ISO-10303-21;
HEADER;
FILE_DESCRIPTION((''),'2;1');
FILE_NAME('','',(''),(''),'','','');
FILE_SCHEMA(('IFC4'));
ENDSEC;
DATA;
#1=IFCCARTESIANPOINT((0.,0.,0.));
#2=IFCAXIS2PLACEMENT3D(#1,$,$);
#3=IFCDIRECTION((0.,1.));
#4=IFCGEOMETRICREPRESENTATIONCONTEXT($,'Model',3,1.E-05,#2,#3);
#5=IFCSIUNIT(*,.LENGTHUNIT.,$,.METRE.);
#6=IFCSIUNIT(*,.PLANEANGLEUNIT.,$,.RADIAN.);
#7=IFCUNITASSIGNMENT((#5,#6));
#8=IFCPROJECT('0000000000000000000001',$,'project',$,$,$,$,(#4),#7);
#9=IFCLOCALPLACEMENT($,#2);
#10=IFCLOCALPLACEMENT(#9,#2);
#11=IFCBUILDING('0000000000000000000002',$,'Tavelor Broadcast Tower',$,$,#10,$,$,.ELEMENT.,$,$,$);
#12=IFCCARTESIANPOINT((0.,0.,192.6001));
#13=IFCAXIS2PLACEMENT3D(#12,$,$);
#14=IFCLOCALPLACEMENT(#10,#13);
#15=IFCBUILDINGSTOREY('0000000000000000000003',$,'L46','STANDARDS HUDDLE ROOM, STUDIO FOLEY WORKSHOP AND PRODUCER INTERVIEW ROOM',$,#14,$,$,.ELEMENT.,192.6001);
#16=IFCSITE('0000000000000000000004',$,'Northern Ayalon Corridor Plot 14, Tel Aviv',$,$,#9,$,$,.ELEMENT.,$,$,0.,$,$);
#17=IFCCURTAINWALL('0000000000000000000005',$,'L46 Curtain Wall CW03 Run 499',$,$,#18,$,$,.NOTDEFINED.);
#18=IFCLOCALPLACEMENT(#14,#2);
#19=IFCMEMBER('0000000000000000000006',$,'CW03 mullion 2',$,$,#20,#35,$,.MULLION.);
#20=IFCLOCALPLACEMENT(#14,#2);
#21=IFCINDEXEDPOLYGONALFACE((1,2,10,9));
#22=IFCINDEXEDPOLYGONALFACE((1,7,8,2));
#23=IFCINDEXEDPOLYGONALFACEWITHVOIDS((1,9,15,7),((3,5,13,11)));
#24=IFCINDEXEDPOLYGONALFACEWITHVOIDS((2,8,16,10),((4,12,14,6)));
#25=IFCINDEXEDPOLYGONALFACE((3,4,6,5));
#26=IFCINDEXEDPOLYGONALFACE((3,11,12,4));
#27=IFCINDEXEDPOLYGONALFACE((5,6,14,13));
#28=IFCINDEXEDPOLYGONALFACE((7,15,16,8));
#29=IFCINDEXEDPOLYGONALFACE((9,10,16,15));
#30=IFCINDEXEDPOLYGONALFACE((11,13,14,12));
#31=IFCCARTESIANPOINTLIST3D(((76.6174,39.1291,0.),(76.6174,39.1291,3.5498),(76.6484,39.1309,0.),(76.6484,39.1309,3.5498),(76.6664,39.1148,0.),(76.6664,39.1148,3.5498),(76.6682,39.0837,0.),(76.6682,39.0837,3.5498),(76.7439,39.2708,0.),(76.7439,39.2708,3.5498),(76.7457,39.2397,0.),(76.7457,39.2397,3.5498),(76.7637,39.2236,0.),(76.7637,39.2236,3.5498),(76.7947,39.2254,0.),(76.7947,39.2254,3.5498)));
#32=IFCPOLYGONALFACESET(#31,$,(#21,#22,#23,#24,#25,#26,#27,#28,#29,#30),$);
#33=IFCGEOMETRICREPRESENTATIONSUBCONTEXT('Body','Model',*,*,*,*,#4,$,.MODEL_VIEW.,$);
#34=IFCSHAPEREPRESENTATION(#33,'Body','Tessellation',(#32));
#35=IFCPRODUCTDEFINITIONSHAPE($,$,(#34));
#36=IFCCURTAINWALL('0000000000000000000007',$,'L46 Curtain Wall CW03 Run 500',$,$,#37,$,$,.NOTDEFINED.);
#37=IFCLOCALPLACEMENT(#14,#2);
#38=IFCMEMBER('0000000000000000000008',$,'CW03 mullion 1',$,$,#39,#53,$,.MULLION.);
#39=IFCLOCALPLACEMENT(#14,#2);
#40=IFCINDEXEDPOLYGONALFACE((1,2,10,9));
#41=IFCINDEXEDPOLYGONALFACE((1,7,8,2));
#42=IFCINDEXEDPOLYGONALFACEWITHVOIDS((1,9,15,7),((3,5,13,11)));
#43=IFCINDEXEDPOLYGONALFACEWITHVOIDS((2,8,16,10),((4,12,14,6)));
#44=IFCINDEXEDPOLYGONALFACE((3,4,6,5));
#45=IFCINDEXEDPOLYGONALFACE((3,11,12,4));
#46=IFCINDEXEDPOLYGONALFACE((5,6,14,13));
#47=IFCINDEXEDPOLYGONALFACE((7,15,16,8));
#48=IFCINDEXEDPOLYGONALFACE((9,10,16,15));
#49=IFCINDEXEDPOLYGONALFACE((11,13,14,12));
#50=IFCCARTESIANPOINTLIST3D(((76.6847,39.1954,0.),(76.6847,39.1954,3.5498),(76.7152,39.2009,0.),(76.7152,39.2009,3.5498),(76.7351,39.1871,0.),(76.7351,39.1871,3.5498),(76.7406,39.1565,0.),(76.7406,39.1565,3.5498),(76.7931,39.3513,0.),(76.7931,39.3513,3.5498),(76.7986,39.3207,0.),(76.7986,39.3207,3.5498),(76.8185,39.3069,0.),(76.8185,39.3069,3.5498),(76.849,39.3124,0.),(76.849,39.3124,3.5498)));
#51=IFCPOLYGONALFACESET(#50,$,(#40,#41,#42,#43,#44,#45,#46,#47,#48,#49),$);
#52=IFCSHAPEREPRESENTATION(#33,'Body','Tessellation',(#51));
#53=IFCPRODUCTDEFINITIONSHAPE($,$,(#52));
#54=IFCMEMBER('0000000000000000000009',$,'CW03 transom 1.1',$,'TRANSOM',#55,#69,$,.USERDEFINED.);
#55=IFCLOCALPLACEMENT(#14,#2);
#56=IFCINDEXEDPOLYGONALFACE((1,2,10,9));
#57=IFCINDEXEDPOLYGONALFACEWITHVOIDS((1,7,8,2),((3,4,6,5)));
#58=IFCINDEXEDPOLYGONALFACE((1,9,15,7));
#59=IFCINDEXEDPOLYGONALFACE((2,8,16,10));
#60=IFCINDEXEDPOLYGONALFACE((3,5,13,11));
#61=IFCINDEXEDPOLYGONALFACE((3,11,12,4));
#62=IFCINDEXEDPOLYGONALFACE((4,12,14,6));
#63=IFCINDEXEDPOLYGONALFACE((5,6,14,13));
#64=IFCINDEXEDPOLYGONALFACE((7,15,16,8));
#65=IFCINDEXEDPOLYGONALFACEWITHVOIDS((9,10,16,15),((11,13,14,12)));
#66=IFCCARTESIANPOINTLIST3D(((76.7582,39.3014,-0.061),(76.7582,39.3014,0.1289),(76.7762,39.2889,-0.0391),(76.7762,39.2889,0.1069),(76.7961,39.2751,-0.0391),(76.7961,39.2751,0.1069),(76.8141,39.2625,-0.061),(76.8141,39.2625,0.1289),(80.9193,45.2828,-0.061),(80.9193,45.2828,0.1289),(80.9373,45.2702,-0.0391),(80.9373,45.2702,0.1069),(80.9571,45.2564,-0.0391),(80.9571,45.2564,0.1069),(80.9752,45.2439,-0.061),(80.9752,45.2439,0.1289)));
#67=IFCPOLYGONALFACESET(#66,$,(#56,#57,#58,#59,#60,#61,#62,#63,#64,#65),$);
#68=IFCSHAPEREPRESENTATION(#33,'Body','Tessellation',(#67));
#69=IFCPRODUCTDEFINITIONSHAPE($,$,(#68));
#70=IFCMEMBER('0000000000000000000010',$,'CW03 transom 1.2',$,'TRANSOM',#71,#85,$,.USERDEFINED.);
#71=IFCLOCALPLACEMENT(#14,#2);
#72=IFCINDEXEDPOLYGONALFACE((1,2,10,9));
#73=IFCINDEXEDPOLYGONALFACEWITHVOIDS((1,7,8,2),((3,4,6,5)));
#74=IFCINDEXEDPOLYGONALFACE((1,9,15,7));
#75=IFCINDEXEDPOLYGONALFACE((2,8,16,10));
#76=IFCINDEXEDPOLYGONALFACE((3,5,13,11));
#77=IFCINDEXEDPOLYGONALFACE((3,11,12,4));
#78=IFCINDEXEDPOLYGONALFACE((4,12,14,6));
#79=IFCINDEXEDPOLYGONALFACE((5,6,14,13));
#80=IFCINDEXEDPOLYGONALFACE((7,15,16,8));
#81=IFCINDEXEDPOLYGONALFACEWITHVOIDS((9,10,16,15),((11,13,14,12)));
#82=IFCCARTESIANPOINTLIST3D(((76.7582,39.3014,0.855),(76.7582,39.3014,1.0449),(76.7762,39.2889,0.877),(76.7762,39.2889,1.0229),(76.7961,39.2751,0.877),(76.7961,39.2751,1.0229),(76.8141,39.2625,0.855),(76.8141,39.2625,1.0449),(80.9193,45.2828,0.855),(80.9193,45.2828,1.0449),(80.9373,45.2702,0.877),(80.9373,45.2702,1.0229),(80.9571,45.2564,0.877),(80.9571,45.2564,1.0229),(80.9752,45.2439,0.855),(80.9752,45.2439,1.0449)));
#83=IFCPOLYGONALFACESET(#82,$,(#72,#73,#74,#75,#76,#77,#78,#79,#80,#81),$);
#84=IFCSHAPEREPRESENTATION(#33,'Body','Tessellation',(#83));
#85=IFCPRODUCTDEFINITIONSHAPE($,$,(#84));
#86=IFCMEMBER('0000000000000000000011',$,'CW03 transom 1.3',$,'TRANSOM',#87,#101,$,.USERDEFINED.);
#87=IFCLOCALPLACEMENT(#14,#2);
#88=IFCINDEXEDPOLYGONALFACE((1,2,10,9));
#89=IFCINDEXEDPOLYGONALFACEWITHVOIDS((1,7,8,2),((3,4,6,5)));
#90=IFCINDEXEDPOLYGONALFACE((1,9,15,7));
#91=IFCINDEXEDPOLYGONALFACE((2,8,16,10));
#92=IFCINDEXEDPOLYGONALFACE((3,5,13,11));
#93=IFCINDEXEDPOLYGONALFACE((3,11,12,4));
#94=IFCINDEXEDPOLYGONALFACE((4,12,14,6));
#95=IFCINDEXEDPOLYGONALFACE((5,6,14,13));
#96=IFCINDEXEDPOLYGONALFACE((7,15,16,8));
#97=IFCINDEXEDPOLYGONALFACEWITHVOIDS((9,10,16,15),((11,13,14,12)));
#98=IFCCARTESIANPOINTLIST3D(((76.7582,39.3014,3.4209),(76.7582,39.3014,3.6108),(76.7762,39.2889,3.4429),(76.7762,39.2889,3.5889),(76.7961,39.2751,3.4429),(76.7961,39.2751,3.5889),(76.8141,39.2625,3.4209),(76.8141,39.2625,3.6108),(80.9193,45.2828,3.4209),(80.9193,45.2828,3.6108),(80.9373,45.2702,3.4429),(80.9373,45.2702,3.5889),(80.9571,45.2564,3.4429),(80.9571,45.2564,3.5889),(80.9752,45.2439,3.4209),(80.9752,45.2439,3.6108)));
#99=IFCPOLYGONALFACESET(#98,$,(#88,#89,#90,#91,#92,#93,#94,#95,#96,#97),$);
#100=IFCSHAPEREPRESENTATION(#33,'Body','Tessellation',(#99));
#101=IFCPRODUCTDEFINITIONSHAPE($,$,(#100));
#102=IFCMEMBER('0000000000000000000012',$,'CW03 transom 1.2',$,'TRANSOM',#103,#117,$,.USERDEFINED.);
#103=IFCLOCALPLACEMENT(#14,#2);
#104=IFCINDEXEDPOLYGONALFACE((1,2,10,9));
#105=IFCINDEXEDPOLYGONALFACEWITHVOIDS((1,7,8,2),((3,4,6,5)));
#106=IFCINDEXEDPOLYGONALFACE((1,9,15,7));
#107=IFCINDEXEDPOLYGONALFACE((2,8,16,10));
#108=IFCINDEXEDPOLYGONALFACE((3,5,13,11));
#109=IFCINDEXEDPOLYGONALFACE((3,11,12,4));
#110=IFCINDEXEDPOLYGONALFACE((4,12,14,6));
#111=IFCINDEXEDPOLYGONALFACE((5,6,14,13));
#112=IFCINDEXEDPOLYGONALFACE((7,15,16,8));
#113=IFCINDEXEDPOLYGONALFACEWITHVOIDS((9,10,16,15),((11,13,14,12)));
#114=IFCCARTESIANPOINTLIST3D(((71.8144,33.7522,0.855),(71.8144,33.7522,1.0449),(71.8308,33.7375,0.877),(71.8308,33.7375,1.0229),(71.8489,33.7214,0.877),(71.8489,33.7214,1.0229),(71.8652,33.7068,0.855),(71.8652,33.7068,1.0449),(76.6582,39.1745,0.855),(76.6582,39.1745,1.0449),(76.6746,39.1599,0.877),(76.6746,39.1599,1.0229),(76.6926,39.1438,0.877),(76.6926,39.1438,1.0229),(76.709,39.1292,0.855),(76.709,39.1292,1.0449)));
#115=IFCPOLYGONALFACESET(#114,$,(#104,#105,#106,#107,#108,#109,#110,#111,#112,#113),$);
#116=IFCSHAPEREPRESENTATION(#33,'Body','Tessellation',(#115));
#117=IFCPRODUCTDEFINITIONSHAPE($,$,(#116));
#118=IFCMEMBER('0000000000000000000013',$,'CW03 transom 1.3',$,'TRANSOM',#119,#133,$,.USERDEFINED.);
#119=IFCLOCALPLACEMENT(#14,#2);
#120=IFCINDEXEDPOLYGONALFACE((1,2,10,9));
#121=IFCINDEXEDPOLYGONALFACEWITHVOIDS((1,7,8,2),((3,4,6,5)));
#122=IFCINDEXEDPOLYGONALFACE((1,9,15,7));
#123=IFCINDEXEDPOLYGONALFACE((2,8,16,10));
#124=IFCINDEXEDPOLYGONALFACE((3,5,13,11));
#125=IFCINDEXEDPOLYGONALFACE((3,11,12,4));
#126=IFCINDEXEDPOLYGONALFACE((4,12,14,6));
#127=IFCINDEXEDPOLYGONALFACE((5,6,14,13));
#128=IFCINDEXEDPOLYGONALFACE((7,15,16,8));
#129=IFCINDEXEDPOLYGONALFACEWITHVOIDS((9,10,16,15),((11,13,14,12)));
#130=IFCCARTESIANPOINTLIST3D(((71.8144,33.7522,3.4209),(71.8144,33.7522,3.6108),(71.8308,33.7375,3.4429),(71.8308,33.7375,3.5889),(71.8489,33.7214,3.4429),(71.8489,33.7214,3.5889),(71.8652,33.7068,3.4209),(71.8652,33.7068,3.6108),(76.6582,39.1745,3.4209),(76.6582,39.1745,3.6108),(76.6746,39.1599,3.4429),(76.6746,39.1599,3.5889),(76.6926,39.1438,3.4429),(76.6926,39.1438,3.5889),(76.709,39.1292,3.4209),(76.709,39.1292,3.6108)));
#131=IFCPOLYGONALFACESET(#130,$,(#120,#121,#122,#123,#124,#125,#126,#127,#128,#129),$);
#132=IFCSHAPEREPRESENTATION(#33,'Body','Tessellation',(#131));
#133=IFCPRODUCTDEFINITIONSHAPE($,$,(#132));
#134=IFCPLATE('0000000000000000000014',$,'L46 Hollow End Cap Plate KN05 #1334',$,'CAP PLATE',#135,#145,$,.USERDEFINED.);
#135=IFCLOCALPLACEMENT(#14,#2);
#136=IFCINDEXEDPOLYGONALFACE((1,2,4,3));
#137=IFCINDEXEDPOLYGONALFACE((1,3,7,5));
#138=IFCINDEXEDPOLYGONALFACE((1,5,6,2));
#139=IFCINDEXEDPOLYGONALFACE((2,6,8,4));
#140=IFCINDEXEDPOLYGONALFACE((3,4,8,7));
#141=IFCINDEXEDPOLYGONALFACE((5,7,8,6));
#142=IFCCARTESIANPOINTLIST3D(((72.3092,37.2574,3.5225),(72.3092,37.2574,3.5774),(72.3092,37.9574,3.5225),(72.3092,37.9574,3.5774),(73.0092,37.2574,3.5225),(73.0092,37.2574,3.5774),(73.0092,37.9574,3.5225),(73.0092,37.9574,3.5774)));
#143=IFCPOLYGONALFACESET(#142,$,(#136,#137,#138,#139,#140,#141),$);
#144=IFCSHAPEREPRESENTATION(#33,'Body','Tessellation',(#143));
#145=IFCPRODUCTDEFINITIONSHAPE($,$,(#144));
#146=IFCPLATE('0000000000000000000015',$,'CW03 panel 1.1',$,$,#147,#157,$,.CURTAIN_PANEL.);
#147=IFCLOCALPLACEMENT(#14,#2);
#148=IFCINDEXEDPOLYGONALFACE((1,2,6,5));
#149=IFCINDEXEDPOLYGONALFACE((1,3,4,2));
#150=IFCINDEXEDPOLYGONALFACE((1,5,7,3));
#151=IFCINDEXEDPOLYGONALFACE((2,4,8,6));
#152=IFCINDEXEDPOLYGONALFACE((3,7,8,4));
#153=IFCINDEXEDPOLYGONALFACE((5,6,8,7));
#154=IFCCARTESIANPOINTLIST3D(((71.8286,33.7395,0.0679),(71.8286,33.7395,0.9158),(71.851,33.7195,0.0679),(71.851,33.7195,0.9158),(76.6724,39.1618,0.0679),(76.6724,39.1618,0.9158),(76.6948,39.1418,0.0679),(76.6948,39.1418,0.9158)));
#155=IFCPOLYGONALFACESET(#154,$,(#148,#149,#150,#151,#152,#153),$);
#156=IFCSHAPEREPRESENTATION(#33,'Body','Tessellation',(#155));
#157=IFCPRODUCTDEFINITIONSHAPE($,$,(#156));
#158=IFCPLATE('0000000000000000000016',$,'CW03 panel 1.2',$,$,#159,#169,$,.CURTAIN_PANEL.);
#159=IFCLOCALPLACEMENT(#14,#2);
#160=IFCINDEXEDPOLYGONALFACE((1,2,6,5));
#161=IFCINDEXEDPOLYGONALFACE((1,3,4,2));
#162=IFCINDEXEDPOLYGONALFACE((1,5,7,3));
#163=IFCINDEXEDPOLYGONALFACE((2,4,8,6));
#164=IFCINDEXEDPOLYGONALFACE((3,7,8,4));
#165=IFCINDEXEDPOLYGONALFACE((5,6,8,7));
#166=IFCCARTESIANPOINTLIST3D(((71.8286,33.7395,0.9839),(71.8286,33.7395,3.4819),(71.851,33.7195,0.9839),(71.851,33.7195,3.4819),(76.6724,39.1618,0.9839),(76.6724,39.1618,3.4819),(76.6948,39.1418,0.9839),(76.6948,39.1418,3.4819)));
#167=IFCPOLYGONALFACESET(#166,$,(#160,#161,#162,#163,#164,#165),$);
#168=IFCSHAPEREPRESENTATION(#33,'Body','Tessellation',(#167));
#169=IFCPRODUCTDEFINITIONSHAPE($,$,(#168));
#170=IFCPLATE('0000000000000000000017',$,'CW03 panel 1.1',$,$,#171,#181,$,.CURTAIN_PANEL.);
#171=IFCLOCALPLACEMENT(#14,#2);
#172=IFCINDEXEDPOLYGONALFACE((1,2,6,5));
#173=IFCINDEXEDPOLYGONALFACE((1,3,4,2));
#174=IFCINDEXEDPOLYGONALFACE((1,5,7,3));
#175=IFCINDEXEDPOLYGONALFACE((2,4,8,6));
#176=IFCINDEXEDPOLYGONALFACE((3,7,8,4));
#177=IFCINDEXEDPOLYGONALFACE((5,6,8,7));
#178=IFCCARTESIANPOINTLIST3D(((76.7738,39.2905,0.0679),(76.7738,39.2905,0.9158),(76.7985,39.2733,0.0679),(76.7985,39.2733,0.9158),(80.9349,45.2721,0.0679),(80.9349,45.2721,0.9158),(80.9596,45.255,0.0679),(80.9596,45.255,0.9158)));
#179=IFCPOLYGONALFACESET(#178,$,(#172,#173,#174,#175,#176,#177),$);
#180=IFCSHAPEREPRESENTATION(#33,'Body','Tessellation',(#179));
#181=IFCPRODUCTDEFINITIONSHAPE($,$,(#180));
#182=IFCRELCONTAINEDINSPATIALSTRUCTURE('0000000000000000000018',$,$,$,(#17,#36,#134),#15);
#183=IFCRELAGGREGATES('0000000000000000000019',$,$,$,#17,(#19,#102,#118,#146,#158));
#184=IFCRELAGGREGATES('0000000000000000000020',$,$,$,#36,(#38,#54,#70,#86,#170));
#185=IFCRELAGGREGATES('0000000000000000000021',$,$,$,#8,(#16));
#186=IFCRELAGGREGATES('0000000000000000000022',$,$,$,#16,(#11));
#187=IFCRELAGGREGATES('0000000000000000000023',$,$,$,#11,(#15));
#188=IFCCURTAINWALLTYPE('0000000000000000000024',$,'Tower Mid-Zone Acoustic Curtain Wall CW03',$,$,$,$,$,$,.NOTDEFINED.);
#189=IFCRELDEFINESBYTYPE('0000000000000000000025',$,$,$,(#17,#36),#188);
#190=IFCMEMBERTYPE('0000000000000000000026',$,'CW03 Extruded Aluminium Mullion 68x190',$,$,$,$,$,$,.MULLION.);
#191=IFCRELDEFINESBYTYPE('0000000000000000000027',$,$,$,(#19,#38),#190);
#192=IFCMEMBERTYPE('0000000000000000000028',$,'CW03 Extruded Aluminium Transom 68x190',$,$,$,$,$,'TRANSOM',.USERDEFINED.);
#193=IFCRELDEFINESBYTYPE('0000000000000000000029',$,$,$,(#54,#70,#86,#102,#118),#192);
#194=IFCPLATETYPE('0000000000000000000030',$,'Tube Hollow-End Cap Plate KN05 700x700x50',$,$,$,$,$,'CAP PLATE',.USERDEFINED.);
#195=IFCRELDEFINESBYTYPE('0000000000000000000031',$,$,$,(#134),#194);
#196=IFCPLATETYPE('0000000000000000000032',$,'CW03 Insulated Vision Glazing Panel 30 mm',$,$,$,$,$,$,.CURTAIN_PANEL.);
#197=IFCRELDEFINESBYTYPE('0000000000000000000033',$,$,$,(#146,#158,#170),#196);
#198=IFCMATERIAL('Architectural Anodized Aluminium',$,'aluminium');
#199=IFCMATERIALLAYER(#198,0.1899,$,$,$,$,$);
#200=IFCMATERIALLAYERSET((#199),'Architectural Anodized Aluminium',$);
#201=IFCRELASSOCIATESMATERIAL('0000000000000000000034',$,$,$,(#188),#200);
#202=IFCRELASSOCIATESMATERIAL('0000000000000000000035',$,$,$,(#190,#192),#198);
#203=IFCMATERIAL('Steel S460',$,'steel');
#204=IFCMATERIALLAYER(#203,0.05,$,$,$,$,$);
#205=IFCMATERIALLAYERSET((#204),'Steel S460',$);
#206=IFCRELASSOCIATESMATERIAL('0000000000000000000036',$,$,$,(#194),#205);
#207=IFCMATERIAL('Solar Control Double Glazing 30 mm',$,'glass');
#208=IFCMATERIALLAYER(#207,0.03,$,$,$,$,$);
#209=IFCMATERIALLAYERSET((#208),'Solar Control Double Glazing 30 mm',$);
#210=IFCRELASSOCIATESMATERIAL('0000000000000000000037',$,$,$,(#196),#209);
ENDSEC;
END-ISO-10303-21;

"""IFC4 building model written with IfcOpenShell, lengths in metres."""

from ifc_helpers import new_model, si_unit, direction, frame, origin, origin_2d, place, context, subcontext, project, spatial, rectangle, hollow_rectangle, extrude, source, transform, mapped, material, layer, layer_set, material_profile, profile_set, type_object, type_shapes, element, aggregate, save


model = new_model("IFC4")

# Units and contexts
model_context = context("Model", 3, precision=1e-05, world=origin(), true_north=direction((0.0, 1.0)))
body_context = subcontext(model_context, "Body", "Model", "MODEL_VIEW")
ifc_project = project(units=[si_unit("LENGTHUNIT", "METRE"), si_unit("PLANEANGLEUNIT", "RADIAN")], contexts=[model_context])

# Site, building, storey
site_placement = place(None, origin())
site = spatial("IfcSite", under=ifc_project, at=site_placement, Name="Northern Ayalon Corridor Plot 14, Tel Aviv", CompositionType="ELEMENT", RefElevation=0.0)
building_placement = place(site_placement, origin())
building = spatial("IfcBuilding", under=site, at=building_placement, Name="Tavelor Broadcast Tower", CompositionType="ELEMENT")
storey_placement = place(building_placement, frame((0.0, 0.0, 192.6001)))
storey = spatial("IfcBuildingStorey", under=building, at=storey_placement, Name="L46", Description="STANDARDS HUDDLE ROOM, STUDIO FOLEY WORKSHOP AND PRODUCER INTERVIEW ROOM", CompositionType="ELEMENT", Elevation=192.6001)

# Shared definitions
ifc_material_1 = material(Name="Steel S460", Category="steel")

# Curtain wall, member
ifc_material_2 = material(Name="Architectural Anodized Aluminium", Category="aluminium")
ifc_layer_1 = layer(ifc_material_2, 0.1899)
ifc_layer_set_1 = layer_set([ifc_layer_1], Name="Architectural Anodized Aluminium")
curtain_wall_type = type_object("IfcCurtainWallType", Name="Tower Mid-Zone Acoustic Curtain Wall CW03", PredefinedType="NOTDEFINED", material=ifc_layer_set_1)
curtain_wall_1_placement = place(storey_placement, origin())
curtain_wall_1 = element("IfcCurtainWall", 1, at=curtain_wall_1_placement, inside=storey, type_object=curtain_wall_type, Name="L46 Curtain Wall CW03 Run 499", PredefinedType="NOTDEFINED")
ifc_material_profile_1 = material_profile(ifc_material_2, hollow_rectangle(XDim=0.0681, YDim=0.1899, WallThickness=0.022, at=origin_2d()), Name="RHS 68x190x22")
ifc_profile_set_1 = profile_set([ifc_material_profile_1], Name="Architectural Anodized Aluminium")
member_type_1 = type_object("IfcMemberType", Name="CW03 Extruded Aluminium Mullion 68x190", PredefinedType="MULLION", material=ifc_profile_set_1)
shared_shape_1 = source(origin(), body_context, "Body", "SweptSolid", [
    extrude(hollow_rectangle(XDim=0.0681, YDim=0.1899, WallThickness=0.022, at=origin_2d()), origin(), (0.0, 0.0, 1.0), 3.5498),
])
type_shapes(member_type_1, [shared_shape_1])
member_1_placement = place(storey_placement, frame((76.7061, 39.1772, 0.0), z_axis=(0.0, 0.0, 1.0), x_axis=(-0.745775, 0.666198, 0.0)))
member_1 = element("IfcMember", 2, at=member_1_placement, type_object=member_type_1, Name="CW03 mullion 2", PredefinedType="MULLION", context=body_context, shape_type="MappedRepresentation", body=[
    mapped(shared_shape_1, transform((0.0, 0.0, 0.0), scale=1.0)),
])

# Curtain wall, members
curtain_wall_2_placement = place(storey_placement, origin())
curtain_wall_2 = element("IfcCurtainWall", 3, at=curtain_wall_2_placement, inside=storey, type_object=curtain_wall_type, Name="L46 Curtain Wall CW03 Run 500", PredefinedType="NOTDEFINED")
member_2_placement = place(storey_placement, frame((76.7668, 39.2539, 0.0), z_axis=(0.0, 0.0, 1.0), x_axis=(-0.820908, 0.57106, 0.0)))
member_2 = element("IfcMember", 4, at=member_2_placement, type_object=member_type_1, Name="CW03 mullion 1", PredefinedType="MULLION", context=body_context, shape_type="MappedRepresentation", body=[
    mapped(shared_shape_1, transform((0.0, 0.0, 0.0), scale=1.0)),
])
ifc_material_profile_2 = material_profile(ifc_material_2, hollow_rectangle(XDim=0.0681, YDim=0.1899, WallThickness=0.022, at=origin_2d()), Name="RHS 68x190x22")
ifc_profile_set_2 = profile_set([ifc_material_profile_2], Name="Architectural Anodized Aluminium")
member_type_2 = type_object("IfcMemberType", Name="CW03 Extruded Aluminium Transom 68x190", ElementType="TRANSOM", PredefinedType="USERDEFINED", material=ifc_profile_set_2)
shared_shape_2 = source(origin(), body_context, "Body", "SweptSolid", [
    extrude(hollow_rectangle(XDim=0.0681, YDim=0.1899, WallThickness=0.022, at=origin_2d()), origin(), (0.0, 0.0, 1.0), 7.2864),
])
member_3_placement = place(storey_placement, frame((76.7861, 39.282, 0.0339), z_axis=(0.571076, 0.820897, 0.0), x_axis=(-0.820897, 0.571076, 0.0)))
member_3 = element("IfcMember", 5, at=member_3_placement, type_object=member_type_2, Name="CW03 transom 1.1", ObjectType="TRANSOM", PredefinedType="USERDEFINED", context=body_context, shape_type="MappedRepresentation", body=[
    mapped(shared_shape_2, transform((0.0, 0.0, 0.0), scale=1.0)),
])
member_4_placement = place(storey_placement, frame((76.7861, 39.282, 0.95), z_axis=(0.571076, 0.820897, 0.0), x_axis=(-0.820897, 0.571076, 0.0)))
member_4 = element("IfcMember", 6, at=member_4_placement, type_object=member_type_2, Name="CW03 transom 1.2", ObjectType="TRANSOM", PredefinedType="USERDEFINED", context=body_context, shape_type="MappedRepresentation", body=[
    mapped(shared_shape_2, transform((0.0, 0.0, 0.0), scale=1.0)),
])
member_5_placement = place(storey_placement, frame((76.7861, 39.282, 3.5159), z_axis=(0.571076, 0.820897, 0.0), x_axis=(-0.820897, 0.571076, 0.0)))
member_5 = element("IfcMember", 7, at=member_5_placement, type_object=member_type_2, Name="CW03 transom 1.3", ObjectType="TRANSOM", PredefinedType="USERDEFINED", context=body_context, shape_type="MappedRepresentation", body=[
    mapped(shared_shape_2, transform((0.0, 0.0, 0.0), scale=1.0)),
])

# Members
shared_shape_3 = source(origin(), body_context, "Body", "SweptSolid", [
    extrude(hollow_rectangle(XDim=0.0681, YDim=0.1899, WallThickness=0.022, at=origin_2d()), origin(), (0.0, 0.0, 1.0), 7.2708),
])
type_shapes(member_type_2, [shared_shape_2, shared_shape_3])
member_6_placement = place(storey_placement, frame((71.8398, 33.7295, 0.95), z_axis=(0.666196, 0.745777, 0.0), x_axis=(-0.745777, 0.666196, 0.0)))
member_6 = element("IfcMember", 8, at=member_6_placement, type_object=member_type_2, Name="CW03 transom 1.2", ObjectType="TRANSOM", PredefinedType="USERDEFINED", context=body_context, shape_type="MappedRepresentation", body=[
    mapped(shared_shape_3, transform((0.0, 0.0, 0.0), scale=1.0)),
])
member_7_placement = place(storey_placement, frame((71.8398, 33.7295, 3.5159), z_axis=(0.666196, 0.745777, 0.0), x_axis=(-0.745777, 0.666196, 0.0)))
member_7 = element("IfcMember", 9, at=member_7_placement, type_object=member_type_2, Name="CW03 transom 1.3", ObjectType="TRANSOM", PredefinedType="USERDEFINED", context=body_context, shape_type="MappedRepresentation", body=[
    mapped(shared_shape_3, transform((0.0, 0.0, 0.0), scale=1.0)),
])

# Plates
ifc_layer_2 = layer(ifc_material_1, 0.05)
ifc_layer_set_2 = layer_set([ifc_layer_2], Name="Steel S460")
plate_type_1 = type_object("IfcPlateType", Name="Tube Hollow-End Cap Plate KN05 700x700x50", ElementType="CAP PLATE", PredefinedType="USERDEFINED", material=ifc_layer_set_2)
shared_shape_4 = source(origin(), body_context, "Body", "SweptSolid", [
    extrude(rectangle(XDim=0.7, YDim=0.7, at=origin_2d()), origin(), (0.0, 0.0, 1.0), 0.0549),
])
type_shapes(plate_type_1, [shared_shape_4])
plate_1_placement = place(storey_placement, frame((72.6592, 37.6074, 3.5225), z_axis=(0.0, 0.0, 1.0), x_axis=(1.0, 0.0, 0.0)))
element("IfcPlate", 10, at=plate_1_placement, inside=storey, type_object=plate_type_1, Name="L46 Hollow End Cap Plate KN05 #1334", ObjectType="CAP PLATE", PredefinedType="USERDEFINED", context=body_context, shape_type="MappedRepresentation", body=[
    mapped(shared_shape_4, transform((0.0, 0.0, 0.0), scale=1.0)),
])
ifc_material_3 = material(Name="Solar Control Double Glazing 30 mm", Category="glass")
ifc_layer_3 = layer(ifc_material_3, 0.03)
ifc_layer_set_3 = layer_set([ifc_layer_3], Name="Solar Control Double Glazing 30 mm")
plate_type_2 = type_object("IfcPlateType", Name="CW03 Insulated Vision Glazing Panel 30 mm", PredefinedType="CURTAIN_PANEL", material=ifc_layer_set_3)
shared_shape_5 = source(origin(), body_context, "Body", "SweptSolid", [
    extrude(rectangle(XDim=7.2708, YDim=0.03, at=origin_2d()), origin(), (0.0, 0.0, 1.0), 0.8479),
])
plate_2_placement = place(storey_placement, frame((74.2617, 36.4407, 0.0679), z_axis=(0.0, 0.0, 1.0), x_axis=(0.666198, 0.745775, 0.0)))
plate_2 = element("IfcPlate", 11, at=plate_2_placement, type_object=plate_type_2, Name="CW03 panel 1.1", PredefinedType="CURTAIN_PANEL", context=body_context, shape_type="MappedRepresentation", body=[
    mapped(shared_shape_5, transform((0.0, 0.0, 0.0), scale=1.0)),
])
shared_shape_6 = source(origin(), body_context, "Body", "SweptSolid", [
    extrude(rectangle(XDim=7.2708, YDim=0.03, at=origin_2d()), origin(), (0.0, 0.0, 1.0), 2.498),
])
plate_3_placement = place(storey_placement, frame((74.2617, 36.4407, 0.9839), z_axis=(0.0, 0.0, 1.0), x_axis=(0.666198, 0.745775, 0.0)))
plate_3 = element("IfcPlate", 12, at=plate_3_placement, type_object=plate_type_2, Name="CW03 panel 1.2", PredefinedType="CURTAIN_PANEL", context=body_context, shape_type="MappedRepresentation", body=[
    mapped(shared_shape_6, transform((0.0, 0.0, 0.0), scale=1.0)),
])
aggregate(curtain_wall_1, [member_1, member_6, member_7, plate_2, plate_3])
shared_shape_7 = source(origin(), body_context, "Body", "SweptSolid", [
    extrude(rectangle(XDim=7.2866, YDim=0.03, at=origin_2d()), origin(), (0.0, 0.0, 1.0), 0.8479),
])
plate_4_placement = place(storey_placement, frame((78.8667, 42.2727, 0.0679), z_axis=(0.0, 0.0, 1.0), x_axis=(0.57106, 0.820908, 0.0)))
plate_4 = element("IfcPlate", 13, at=plate_4_placement, type_object=plate_type_2, Name="CW03 panel 1.1", PredefinedType="CURTAIN_PANEL", context=body_context, shape_type="MappedRepresentation", body=[
    mapped(shared_shape_7, transform((0.0, 0.0, 0.0), scale=1.0)),
])
aggregate(curtain_wall_2, [member_2, member_3, member_4, member_5, plate_4])

save(model, "model.ifc")
